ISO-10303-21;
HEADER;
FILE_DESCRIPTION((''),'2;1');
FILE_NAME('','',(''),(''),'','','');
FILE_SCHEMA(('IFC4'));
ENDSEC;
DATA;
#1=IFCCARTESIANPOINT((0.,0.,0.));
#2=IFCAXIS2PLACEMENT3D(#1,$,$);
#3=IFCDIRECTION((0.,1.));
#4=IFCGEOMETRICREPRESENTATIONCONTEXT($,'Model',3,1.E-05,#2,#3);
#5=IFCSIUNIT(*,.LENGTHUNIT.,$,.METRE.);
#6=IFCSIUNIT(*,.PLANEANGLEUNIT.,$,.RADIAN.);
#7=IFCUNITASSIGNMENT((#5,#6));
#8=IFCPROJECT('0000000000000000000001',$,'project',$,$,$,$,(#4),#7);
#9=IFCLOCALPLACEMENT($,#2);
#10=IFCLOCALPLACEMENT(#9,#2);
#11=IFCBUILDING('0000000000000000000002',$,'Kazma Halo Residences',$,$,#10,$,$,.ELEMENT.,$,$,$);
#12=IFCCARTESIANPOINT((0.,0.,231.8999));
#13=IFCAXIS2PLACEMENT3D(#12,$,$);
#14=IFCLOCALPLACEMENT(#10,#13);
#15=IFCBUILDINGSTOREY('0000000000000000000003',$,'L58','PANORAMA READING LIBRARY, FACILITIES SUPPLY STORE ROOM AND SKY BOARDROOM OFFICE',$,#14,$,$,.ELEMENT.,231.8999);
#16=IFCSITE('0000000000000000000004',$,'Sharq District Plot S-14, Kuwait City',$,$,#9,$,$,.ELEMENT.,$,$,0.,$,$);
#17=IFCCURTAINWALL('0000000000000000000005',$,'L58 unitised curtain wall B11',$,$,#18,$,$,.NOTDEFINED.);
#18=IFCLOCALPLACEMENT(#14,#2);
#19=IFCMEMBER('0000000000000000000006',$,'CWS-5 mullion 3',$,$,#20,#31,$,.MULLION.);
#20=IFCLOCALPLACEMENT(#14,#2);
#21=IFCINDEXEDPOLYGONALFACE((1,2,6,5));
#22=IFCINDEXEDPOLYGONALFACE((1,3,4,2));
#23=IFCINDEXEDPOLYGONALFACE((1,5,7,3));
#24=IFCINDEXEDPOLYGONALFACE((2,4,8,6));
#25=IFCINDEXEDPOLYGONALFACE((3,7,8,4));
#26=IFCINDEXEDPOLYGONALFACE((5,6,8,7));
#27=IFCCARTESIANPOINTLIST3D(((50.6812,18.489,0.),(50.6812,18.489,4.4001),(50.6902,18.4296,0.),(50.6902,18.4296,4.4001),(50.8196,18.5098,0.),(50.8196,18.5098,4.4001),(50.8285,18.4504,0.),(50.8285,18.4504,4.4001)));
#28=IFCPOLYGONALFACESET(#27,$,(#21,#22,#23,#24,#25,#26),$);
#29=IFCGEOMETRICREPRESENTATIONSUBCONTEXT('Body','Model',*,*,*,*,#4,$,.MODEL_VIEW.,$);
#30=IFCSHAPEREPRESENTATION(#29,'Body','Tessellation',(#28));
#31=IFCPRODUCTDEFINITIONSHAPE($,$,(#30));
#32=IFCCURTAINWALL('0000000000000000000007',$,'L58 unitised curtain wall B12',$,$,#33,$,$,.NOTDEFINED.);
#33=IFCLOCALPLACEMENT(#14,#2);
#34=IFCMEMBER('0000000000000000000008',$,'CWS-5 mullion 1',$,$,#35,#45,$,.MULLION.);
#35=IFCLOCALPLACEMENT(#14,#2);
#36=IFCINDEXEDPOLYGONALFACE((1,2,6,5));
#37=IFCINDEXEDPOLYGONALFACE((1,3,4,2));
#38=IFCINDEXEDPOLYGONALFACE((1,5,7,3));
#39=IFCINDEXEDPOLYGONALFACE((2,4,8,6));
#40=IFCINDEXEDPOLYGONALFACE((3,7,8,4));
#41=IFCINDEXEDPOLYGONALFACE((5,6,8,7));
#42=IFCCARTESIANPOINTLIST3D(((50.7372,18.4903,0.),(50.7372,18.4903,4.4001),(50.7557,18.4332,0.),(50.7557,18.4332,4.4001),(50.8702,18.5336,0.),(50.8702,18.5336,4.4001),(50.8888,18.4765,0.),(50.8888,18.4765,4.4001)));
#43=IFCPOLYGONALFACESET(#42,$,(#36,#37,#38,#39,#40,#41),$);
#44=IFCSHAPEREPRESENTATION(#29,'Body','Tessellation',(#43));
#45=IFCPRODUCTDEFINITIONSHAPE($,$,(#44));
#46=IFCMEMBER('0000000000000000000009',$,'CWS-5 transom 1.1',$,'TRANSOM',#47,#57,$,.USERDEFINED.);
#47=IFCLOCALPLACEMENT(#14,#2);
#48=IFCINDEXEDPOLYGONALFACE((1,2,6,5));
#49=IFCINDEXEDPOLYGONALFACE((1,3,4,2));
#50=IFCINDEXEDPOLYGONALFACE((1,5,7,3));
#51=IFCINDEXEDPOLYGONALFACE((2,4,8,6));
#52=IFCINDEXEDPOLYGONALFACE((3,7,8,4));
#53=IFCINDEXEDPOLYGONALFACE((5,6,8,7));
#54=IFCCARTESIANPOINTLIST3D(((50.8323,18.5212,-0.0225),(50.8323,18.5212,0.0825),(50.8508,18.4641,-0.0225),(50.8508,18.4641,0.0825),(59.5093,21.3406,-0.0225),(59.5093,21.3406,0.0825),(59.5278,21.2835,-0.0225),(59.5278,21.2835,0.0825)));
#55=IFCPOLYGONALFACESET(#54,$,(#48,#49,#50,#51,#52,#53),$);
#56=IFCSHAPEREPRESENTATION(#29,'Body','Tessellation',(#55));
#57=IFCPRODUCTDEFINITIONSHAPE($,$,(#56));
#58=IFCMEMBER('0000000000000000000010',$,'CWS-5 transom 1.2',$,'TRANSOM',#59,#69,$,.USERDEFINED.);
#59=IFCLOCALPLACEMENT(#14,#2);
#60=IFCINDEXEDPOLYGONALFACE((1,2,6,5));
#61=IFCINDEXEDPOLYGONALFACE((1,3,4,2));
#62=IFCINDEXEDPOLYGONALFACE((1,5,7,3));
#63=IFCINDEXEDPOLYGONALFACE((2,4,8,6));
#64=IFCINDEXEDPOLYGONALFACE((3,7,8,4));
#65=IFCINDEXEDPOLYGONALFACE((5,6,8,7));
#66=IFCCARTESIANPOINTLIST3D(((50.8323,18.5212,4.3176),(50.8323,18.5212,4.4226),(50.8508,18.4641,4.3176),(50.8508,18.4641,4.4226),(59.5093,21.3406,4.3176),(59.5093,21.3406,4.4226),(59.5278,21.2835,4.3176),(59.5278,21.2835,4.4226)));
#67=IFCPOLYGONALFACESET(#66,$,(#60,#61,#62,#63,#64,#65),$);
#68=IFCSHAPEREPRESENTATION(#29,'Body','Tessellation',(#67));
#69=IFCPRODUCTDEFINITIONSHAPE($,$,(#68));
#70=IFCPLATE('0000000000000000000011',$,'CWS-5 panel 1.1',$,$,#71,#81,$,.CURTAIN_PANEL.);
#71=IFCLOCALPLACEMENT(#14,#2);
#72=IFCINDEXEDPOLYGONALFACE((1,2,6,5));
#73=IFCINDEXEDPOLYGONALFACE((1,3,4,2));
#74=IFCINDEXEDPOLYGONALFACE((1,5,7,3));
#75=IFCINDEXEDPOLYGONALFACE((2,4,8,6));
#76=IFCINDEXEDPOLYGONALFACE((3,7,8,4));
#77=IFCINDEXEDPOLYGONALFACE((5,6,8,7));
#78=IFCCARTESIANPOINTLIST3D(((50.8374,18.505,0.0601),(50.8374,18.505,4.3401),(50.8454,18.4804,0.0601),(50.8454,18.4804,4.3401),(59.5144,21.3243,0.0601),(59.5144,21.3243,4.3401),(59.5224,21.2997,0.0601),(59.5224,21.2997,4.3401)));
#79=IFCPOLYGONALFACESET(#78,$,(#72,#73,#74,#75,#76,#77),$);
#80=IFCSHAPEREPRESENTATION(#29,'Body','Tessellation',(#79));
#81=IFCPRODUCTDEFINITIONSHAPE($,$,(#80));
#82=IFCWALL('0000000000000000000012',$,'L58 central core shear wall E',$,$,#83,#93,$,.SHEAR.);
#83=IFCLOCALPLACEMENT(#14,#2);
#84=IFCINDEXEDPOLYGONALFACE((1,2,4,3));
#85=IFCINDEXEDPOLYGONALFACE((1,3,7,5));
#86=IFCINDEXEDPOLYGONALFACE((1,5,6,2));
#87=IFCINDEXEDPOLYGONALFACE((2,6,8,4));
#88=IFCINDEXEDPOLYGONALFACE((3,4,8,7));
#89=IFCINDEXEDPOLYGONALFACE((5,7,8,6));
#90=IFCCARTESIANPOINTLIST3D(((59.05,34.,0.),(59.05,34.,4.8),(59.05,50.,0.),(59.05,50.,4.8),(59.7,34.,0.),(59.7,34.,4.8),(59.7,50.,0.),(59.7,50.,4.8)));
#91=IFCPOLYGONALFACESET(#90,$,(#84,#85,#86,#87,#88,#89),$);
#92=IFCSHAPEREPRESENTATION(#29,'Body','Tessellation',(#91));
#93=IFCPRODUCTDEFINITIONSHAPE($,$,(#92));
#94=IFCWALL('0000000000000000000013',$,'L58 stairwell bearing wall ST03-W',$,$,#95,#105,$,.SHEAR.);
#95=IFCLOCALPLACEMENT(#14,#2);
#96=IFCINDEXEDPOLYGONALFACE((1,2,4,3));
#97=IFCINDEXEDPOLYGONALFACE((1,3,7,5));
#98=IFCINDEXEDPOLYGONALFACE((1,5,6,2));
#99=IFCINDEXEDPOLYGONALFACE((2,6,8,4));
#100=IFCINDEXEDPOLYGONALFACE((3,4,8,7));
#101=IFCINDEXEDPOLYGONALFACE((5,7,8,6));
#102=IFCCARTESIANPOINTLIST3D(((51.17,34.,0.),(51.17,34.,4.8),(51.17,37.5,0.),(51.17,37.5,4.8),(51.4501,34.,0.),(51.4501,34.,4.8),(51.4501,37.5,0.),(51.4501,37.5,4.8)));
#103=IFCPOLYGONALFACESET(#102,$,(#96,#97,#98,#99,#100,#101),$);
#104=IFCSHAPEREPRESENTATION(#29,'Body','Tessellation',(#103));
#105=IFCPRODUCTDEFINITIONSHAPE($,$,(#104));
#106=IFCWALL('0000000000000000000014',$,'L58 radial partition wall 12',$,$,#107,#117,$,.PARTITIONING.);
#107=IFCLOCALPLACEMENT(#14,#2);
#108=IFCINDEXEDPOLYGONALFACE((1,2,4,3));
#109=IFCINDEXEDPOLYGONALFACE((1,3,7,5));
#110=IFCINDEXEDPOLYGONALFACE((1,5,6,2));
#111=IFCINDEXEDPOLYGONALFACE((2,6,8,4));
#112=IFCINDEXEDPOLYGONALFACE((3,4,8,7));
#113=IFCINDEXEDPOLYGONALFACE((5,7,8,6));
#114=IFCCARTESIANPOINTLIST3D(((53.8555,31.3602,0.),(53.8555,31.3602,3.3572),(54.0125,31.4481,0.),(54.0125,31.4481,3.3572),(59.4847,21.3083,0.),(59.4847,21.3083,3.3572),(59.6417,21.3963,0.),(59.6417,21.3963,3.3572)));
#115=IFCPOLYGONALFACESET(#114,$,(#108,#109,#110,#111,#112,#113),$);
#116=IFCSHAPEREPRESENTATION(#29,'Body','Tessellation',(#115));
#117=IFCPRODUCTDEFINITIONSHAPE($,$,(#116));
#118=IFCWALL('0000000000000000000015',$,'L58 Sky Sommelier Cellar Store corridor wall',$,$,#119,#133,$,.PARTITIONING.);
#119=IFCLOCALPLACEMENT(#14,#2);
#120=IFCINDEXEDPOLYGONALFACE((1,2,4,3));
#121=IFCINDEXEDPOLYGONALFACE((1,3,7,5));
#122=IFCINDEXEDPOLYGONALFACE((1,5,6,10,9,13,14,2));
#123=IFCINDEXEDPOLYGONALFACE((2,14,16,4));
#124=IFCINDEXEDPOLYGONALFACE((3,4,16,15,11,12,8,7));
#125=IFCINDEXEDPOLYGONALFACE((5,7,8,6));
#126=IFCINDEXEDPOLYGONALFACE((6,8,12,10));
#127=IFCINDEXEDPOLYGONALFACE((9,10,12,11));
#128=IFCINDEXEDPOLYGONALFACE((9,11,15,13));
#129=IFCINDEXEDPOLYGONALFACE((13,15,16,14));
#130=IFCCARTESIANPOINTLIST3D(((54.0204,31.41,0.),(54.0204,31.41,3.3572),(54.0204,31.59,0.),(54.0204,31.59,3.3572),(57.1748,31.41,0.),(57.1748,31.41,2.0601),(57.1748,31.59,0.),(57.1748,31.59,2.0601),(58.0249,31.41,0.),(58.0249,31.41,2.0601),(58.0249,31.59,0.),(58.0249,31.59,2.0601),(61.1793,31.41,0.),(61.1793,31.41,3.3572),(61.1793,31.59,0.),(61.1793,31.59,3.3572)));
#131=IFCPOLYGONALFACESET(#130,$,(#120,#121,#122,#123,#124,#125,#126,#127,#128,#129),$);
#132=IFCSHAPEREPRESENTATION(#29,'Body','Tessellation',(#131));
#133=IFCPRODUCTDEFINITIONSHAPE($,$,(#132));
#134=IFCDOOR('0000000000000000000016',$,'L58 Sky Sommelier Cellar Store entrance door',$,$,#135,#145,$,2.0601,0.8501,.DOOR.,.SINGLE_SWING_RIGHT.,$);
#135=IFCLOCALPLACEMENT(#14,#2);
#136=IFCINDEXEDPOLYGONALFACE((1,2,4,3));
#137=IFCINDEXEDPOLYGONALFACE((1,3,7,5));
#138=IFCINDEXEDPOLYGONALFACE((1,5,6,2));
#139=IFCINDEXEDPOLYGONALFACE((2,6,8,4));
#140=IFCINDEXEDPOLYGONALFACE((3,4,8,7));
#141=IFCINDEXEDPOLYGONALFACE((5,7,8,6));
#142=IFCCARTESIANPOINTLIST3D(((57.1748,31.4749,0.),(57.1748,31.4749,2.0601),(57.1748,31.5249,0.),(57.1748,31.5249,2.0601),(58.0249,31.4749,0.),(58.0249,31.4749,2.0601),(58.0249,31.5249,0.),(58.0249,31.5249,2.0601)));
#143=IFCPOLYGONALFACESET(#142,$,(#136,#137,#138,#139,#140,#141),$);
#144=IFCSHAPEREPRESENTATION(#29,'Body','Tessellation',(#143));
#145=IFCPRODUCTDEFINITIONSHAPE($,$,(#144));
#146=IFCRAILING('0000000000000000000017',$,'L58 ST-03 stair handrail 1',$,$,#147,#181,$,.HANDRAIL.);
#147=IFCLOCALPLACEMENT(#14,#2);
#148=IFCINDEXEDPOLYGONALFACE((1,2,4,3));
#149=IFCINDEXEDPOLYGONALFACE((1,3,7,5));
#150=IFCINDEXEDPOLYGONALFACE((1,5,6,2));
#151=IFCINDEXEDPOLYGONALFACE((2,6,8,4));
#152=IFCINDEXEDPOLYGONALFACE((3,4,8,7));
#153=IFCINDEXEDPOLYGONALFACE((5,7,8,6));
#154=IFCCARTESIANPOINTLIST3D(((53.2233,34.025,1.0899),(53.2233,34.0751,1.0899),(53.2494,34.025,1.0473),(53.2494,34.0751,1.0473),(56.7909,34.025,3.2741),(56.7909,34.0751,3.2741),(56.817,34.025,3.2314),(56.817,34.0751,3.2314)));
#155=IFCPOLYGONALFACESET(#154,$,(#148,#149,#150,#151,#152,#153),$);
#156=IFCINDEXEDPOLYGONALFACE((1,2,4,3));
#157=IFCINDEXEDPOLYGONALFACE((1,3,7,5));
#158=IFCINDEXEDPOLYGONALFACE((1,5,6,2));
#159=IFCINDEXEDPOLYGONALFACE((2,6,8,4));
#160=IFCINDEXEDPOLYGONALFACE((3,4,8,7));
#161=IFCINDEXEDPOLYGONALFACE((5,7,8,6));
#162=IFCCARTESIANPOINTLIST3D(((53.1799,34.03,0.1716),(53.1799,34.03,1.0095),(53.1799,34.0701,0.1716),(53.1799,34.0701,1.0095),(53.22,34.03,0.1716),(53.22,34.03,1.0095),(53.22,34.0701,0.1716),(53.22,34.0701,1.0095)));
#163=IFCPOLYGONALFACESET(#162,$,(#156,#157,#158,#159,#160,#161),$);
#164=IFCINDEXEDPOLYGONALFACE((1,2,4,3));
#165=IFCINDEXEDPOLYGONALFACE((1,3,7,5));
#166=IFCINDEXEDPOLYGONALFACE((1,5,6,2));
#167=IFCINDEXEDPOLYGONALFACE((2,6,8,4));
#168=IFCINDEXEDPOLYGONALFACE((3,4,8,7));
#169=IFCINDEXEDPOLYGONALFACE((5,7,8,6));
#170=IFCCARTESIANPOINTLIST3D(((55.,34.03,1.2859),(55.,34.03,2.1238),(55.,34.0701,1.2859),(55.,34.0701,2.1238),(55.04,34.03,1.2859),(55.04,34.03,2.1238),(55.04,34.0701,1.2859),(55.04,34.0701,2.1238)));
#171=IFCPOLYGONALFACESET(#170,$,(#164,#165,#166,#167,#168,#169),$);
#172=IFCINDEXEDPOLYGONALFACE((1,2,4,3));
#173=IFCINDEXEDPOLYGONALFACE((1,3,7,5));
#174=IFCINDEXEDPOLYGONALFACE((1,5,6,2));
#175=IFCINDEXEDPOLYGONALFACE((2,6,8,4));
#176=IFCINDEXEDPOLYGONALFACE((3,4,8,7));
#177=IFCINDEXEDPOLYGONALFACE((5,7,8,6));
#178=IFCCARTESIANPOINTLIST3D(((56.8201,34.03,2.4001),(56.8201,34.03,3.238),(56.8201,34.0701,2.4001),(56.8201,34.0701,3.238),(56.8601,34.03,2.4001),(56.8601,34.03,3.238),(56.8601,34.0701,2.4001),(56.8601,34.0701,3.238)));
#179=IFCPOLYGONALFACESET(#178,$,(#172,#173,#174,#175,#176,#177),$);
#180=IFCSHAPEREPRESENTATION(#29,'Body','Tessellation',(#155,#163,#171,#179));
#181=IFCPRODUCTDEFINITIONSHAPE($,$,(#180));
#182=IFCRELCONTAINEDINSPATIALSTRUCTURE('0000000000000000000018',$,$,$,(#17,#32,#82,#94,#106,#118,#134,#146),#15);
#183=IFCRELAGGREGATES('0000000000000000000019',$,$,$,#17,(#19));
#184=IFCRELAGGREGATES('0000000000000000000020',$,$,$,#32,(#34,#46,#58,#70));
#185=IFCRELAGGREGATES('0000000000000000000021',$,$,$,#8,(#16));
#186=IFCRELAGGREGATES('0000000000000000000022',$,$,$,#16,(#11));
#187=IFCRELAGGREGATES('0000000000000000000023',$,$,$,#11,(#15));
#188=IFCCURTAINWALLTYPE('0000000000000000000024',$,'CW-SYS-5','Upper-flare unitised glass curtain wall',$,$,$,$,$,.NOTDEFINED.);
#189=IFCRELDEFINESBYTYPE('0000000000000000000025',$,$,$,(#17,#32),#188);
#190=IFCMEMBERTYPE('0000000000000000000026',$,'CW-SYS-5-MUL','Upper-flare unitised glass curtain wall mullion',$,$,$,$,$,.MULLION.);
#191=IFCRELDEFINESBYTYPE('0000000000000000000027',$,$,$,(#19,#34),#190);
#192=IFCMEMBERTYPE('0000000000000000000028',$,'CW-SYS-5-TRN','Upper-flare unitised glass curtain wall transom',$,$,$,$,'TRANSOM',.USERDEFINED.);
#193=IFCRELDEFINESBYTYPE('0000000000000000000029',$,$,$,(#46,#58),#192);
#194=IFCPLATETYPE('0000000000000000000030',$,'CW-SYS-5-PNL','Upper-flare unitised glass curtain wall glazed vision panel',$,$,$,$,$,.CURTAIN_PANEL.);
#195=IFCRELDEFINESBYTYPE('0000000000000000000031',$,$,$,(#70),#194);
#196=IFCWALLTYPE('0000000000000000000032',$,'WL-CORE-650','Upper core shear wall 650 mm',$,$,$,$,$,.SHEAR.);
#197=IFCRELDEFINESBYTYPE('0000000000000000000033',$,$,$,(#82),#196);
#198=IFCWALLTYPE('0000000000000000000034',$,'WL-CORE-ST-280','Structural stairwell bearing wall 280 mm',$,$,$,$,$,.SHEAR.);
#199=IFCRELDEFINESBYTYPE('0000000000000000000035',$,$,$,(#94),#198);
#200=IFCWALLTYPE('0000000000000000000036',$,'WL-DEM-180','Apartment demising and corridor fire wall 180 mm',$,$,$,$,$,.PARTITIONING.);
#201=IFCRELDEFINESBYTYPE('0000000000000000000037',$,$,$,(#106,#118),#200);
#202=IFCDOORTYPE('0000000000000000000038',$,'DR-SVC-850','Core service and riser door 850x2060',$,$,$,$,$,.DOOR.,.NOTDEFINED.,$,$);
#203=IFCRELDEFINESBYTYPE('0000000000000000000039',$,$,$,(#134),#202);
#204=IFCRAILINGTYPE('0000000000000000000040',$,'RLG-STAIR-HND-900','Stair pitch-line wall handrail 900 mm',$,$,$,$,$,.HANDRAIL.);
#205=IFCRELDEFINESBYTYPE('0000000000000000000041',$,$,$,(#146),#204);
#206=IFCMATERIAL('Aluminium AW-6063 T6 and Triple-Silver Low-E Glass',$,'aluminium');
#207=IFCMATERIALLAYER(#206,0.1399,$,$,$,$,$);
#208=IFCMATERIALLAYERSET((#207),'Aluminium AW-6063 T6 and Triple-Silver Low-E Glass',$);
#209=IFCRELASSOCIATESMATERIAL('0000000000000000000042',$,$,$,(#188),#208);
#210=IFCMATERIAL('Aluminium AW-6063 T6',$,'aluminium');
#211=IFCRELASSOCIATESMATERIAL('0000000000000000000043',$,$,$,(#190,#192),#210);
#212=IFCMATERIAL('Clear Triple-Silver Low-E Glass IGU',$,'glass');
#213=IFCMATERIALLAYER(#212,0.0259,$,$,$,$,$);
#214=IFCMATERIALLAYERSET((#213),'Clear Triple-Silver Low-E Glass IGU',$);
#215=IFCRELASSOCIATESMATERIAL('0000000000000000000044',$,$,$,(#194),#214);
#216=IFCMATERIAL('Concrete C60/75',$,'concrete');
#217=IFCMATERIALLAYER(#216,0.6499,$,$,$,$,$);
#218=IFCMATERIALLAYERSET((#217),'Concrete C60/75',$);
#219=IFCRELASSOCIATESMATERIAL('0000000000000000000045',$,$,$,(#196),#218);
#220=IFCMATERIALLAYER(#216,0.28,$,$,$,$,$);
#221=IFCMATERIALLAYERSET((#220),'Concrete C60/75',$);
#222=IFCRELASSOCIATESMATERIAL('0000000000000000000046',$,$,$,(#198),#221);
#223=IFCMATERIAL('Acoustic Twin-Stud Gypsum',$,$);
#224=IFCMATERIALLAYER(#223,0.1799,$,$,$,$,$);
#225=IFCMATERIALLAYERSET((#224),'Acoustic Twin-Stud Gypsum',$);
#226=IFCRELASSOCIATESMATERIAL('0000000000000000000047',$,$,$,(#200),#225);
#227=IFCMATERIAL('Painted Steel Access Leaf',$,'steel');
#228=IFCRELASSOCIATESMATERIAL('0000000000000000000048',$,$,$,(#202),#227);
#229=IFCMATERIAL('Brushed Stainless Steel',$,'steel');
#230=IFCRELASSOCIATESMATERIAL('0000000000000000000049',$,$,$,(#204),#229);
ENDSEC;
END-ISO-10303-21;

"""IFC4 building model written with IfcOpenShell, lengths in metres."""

from ifc_helpers import new_model, si_unit, direction, frame, frame_2d, origin, origin_2d, place, context, subcontext, project, spatial, rectangle, extrude, material, layer, layer_set, material_profile, profile_set, type_object, element, fill, aggregate, save


model = new_model("IFC4")

# Units and contexts
model_context = context("Model", 3, precision=1e-05, world=origin(), true_north=direction((0.0, 1.0)))
body_context = subcontext(model_context, "Body", "Model", "MODEL_VIEW")
ifc_project = project(units=[si_unit("LENGTHUNIT", "METRE"), si_unit("PLANEANGLEUNIT", "RADIAN")], contexts=[model_context])

# Site, building, storey
site_placement = place(None, origin())
site = spatial("IfcSite", under=ifc_project, at=site_placement, Name="Sharq District Plot S-14, Kuwait City", CompositionType="ELEMENT", RefElevation=0.0)
building_placement = place(site_placement, origin())
building = spatial("IfcBuilding", under=site, at=building_placement, Name="Kazma Halo Residences", CompositionType="ELEMENT")
storey_placement = place(building_placement, frame((0.0, 0.0, 231.8999)))
storey = spatial("IfcBuildingStorey", under=building, at=storey_placement, Name="L58", Description="PANORAMA READING LIBRARY, FACILITIES SUPPLY STORE ROOM AND SKY BOARDROOM OFFICE", CompositionType="ELEMENT", Elevation=231.8999)

# Curtain wall, member
ifc_material_1 = material(Name="Aluminium AW-6063 T6 and Triple-Silver Low-E Glass", Category="aluminium")
ifc_layer_1 = layer(ifc_material_1, 0.1399)
ifc_layer_set_1 = layer_set([ifc_layer_1], Name="Aluminium AW-6063 T6 and Triple-Silver Low-E Glass")
curtain_wall_type = type_object("IfcCurtainWallType", Name="CW-SYS-5", Description="Upper-flare unitised glass curtain wall", PredefinedType="NOTDEFINED", material=ifc_layer_set_1)
curtain_wall_1_placement = place(storey_placement, origin())
curtain_wall_1 = element("IfcCurtainWall", 1, at=curtain_wall_1_placement, inside=storey, type_object=curtain_wall_type, Name="L58 unitised curtain wall B11", PredefinedType="NOTDEFINED")
ifc_material_2 = material(Name="Aluminium AW-6063 T6", Category="aluminium")
ifc_material_profile_1 = material_profile(ifc_material_2, rectangle(XDim=0.0601, YDim=0.1399, at=origin_2d()), Name="CWM-60x140")
ifc_profile_set_1 = profile_set([ifc_material_profile_1], Name="Aluminium AW-6063 T6")
member_type_1 = type_object("IfcMemberType", Name="CW-SYS-5-MUL", Description="Upper-flare unitised glass curtain wall mullion", PredefinedType="MULLION", material=ifc_profile_set_1)
member_1_placement = place(storey_placement, frame((50.7549, 18.4697, 0.0), z_axis=(0.0, 0.0, 1.0), x_axis=(-0.148733, 0.988877, 0.0)))
member_1 = element("IfcMember", 2, at=member_1_placement, type_object=member_type_1, Name="CWS-5 mullion 3", PredefinedType="MULLION", context=body_context, shape_type="SweptSolid", body=[
    extrude(rectangle(XDim=0.0601, YDim=0.1399, at=origin_2d()), origin(), (0.0, 0.0, 1.0), 4.4001),
])
aggregate(curtain_wall_1, [member_1])

# Curtain wall, members, plate
curtain_wall_2_placement = place(storey_placement, origin())
curtain_wall_2 = element("IfcCurtainWall", 3, at=curtain_wall_2_placement, inside=storey, type_object=curtain_wall_type, Name="L58 unitised curtain wall B12", PredefinedType="NOTDEFINED")
member_2_placement = place(storey_placement, frame((50.813, 18.4834, 0.0), z_axis=(0.0, 0.0, 1.0), x_axis=(-0.30902, 0.951056, 0.0)))
member_2 = element("IfcMember", 4, at=member_2_placement, type_object=member_type_1, Name="CWS-5 mullion 1", PredefinedType="MULLION", context=body_context, shape_type="SweptSolid", body=[
    extrude(rectangle(XDim=0.0601, YDim=0.1399, at=origin_2d()), origin(), (0.0, 0.0, 1.0), 4.4001),
])
ifc_material_profile_2 = material_profile(ifc_material_2, rectangle(XDim=0.0601, YDim=0.105, at=origin_2d()), Name="CWT-60x105")
ifc_profile_set_2 = profile_set([ifc_material_profile_2], Name="Aluminium AW-6063 T6")
member_type_2 = type_object("IfcMemberType", Name="CW-SYS-5-TRN", Description="Upper-flare unitised glass curtain wall transom", ElementType="TRANSOM", PredefinedType="USERDEFINED", material=ifc_profile_set_2)
member_3_placement = place(storey_placement, frame((50.8416, 18.4927, 0.03), z_axis=(0.951056, 0.309018, 0.0), x_axis=(-0.309018, 0.951056, 0.0)))
member_3 = element("IfcMember", 5, at=member_3_placement, type_object=member_type_2, Name="CWS-5 transom 1.1", ObjectType="TRANSOM", PredefinedType="USERDEFINED", context=body_context, shape_type="SweptSolid", body=[
    extrude(rectangle(XDim=0.0601, YDim=0.105, at=origin_2d()), origin(), (0.0, 0.0, 1.0), 9.1235),
])
member_4_placement = place(storey_placement, frame((50.8416, 18.4927, 4.3701), z_axis=(0.951056, 0.309018, 0.0), x_axis=(-0.309018, 0.951056, 0.0)))
member_4 = element("IfcMember", 6, at=member_4_placement, type_object=member_type_2, Name="CWS-5 transom 1.2", ObjectType="TRANSOM", PredefinedType="USERDEFINED", context=body_context, shape_type="SweptSolid", body=[
    extrude(rectangle(XDim=0.0601, YDim=0.105, at=origin_2d()), origin(), (0.0, 0.0, 1.0), 9.1235),
])
ifc_material_3 = material(Name="Clear Triple-Silver Low-E Glass IGU", Category="glass")
ifc_layer_2 = layer(ifc_material_3, 0.0259)
ifc_layer_set_2 = layer_set([ifc_layer_2], Name="Clear Triple-Silver Low-E Glass IGU")
plate_type = type_object("IfcPlateType", Name="CW-SYS-5-PNL", Description="Upper-flare unitised glass curtain wall glazed vision panel", PredefinedType="CURTAIN_PANEL", material=ifc_layer_set_2)
plate_placement = place(storey_placement, frame((55.1799, 19.9023, 0.0601), z_axis=(0.0, 0.0, 1.0), x_axis=(0.951056, 0.30902, 0.0)))
plate = element("IfcPlate", 7, at=plate_placement, type_object=plate_type, Name="CWS-5 panel 1.1", PredefinedType="CURTAIN_PANEL", context=body_context, shape_type="SweptSolid", body=[
    extrude(rectangle(XDim=9.1235, YDim=0.0259, at=origin_2d()), origin(), (0.0, 0.0, 1.0), 4.28),
])
aggregate(curtain_wall_2, [member_2, member_3, member_4, plate])

# Walls
ifc_material_4 = material(Name="Concrete C60/75", Category="concrete")
ifc_layer_3 = layer(ifc_material_4, 0.6499)
ifc_layer_set_3 = layer_set([ifc_layer_3], Name="Concrete C60/75")
wall_type_1 = type_object("IfcWallType", Name="WL-CORE-650", Description="Upper core shear wall 650 mm", PredefinedType="SHEAR", material=ifc_layer_set_3)
wall_1_placement = place(storey_placement, frame((59.375, 34.0, 0.0), z_axis=(0.0, 0.0, 1.0), x_axis=(0.0, 1.0, 0.0)))
element("IfcWall", 8, at=wall_1_placement, inside=storey, type_object=wall_type_1, Name="L58 central core shear wall E", PredefinedType="SHEAR", context=body_context, shape_type="SweptSolid", body=[
    extrude(rectangle(XDim=16.0, YDim=0.6499, at=frame_2d((8.0, 0.0))), origin(), (0.0, 0.0, 1.0), 4.8),
])
ifc_layer_4 = layer(ifc_material_4, 0.28)
ifc_layer_set_4 = layer_set([ifc_layer_4], Name="Concrete C60/75")
wall_type_2 = type_object("IfcWallType", Name="WL-CORE-ST-280", Description="Structural stairwell bearing wall 280 mm", PredefinedType="SHEAR", material=ifc_layer_set_4)
wall_2_placement = place(storey_placement, frame((51.3101, 34.0, 0.0), z_axis=(0.0, 0.0, 1.0), x_axis=(0.0, 1.0, 0.0)))
element("IfcWall", 9, at=wall_2_placement, inside=storey, type_object=wall_type_2, Name="L58 stairwell bearing wall ST03-W", PredefinedType="SHEAR", context=body_context, shape_type="SweptSolid", body=[
    extrude(rectangle(XDim=3.5, YDim=0.28, at=frame_2d((1.75, 0.0))), origin(), (0.0, 0.0, 1.0), 4.8),
])
ifc_material_5 = material(Name="Acoustic Twin-Stud Gypsum")
ifc_layer_5 = layer(ifc_material_5, 0.1799)
ifc_layer_set_5 = layer_set([ifc_layer_5], Name="Acoustic Twin-Stud Gypsum")
wall_type_3 = type_object("IfcWallType", Name="WL-DEM-180", Description="Apartment demising and corridor fire wall 180 mm", PredefinedType="PARTITIONING", material=ifc_layer_set_5)
wall_3_placement = place(storey_placement, frame((53.9341, 31.4041, 0.0), z_axis=(0.0, 0.0, 1.0), x_axis=(0.488614, -0.8725, 0.0)))
element("IfcWall", 10, at=wall_3_placement, inside=storey, type_object=wall_type_3, Name="L58 radial partition wall 12", PredefinedType="PARTITIONING", context=body_context, shape_type="SweptSolid", body=[
    extrude(rectangle(XDim=11.5208, YDim=0.1799, at=frame_2d((5.7603, 0.0))), origin(), (0.0, 0.0, 1.0), 3.3572),
])

# Wall, opening, door
wall_4_placement = place(storey_placement, frame((54.0203, 31.5, 0.0), z_axis=(0.0, 0.0, 1.0), x_axis=(1.0, 0.0, 0.0)))
wall_4 = element("IfcWall", 11, at=wall_4_placement, inside=storey, type_object=wall_type_3, Name="L58 Sky Sommelier Cellar Store corridor wall", PredefinedType="PARTITIONING", context=body_context, shape_type="SweptSolid", body=[
    extrude(rectangle(XDim=7.1589, YDim=0.1799, at=frame_2d((3.5796, 0.0))), origin(), (0.0, 0.0, 1.0), 3.3572),
])
opening_placement = place(wall_4_placement, frame((3.1545, 0.0, 0.0)))
opening = element("IfcOpeningElement", 12, at=opening_placement, cuts=wall_4, PredefinedType="OPENING", context=body_context, shape_type="SweptSolid", body=[
    extrude(rectangle(XDim=0.8501, YDim=2.0601, at=frame_2d((0.425, 1.03))), frame((0.0, 0.0999, 0.0), z_axis=(0.0, -1.0, 0.0), x_axis=(1.0, 0.0, 0.0)), (0.0, 0.0, 1.0), 0.2),
])
ifc_material_6 = material(Name="Painted Steel Access Leaf", Category="steel")
door_type = type_object("IfcDoorType", Name="DR-SVC-850", Description="Core service and riser door 850x2060", OperationType="NOTDEFINED", PredefinedType="DOOR", material=ifc_material_6)
door_placement = place(opening_placement, origin())
door = element("IfcDoor", 13, at=door_placement, inside=storey, type_object=door_type, Name="L58 Sky Sommelier Cellar Store entrance door", OperationType="SINGLE_SWING_RIGHT", OverallHeight=2.0601, OverallWidth=0.8501, PredefinedType="DOOR", context=body_context, shape_type="SweptSolid", body=[
    extrude(rectangle(XDim=0.8501, YDim=2.0601, at=frame_2d((0.425, 1.03))), frame((0.0, 0.0249, 0.0), z_axis=(0.0, -1.0, 0.0), x_axis=(1.0, 0.0, 0.0)), (0.0, 0.0, 1.0), 0.05),
])
fill(opening, door)

# Railing
ifc_material_7 = material(Name="Brushed Stainless Steel", Category="steel")
railing_type = type_object("IfcRailingType", Name="RLG-STAIR-HND-900", Description="Stair pitch-line wall handrail 900 mm", PredefinedType="HANDRAIL", material=ifc_material_7)
railing_placement = place(storey_placement, frame((53.2, 34.05, 0.1716)))
element("IfcRailing", 14, at=railing_placement, inside=storey, type_object=railing_type, Name="L58 ST-03 stair handrail 1", PredefinedType="HANDRAIL", context=body_context, shape_type="SweptSolid", body=[
    extrude(rectangle(XDim=0.05, YDim=0.05, at=origin_2d()), frame((0.0364, 0.0, 0.897), z_axis=(0.852866, 0.0, 0.52213), x_axis=(0.0, 1.0, 0.0)), (0.0, 0.0, 1.0), 4.1831),
    extrude(rectangle(XDim=0.04, YDim=0.04, at=origin_2d()), origin(), (0.0, 0.0, 1.0), 0.8379),
    extrude(rectangle(XDim=0.04, YDim=0.04, at=origin_2d()), frame((1.8201, 0.0, 1.1143)), (0.0, 0.0, 1.0), 0.8379),
    extrude(rectangle(XDim=0.04, YDim=0.04, at=origin_2d()), frame((3.6401, 0.0, 2.2285)), (0.0, 0.0, 1.0), 0.8379),
])

save(model, "model.ifc")
